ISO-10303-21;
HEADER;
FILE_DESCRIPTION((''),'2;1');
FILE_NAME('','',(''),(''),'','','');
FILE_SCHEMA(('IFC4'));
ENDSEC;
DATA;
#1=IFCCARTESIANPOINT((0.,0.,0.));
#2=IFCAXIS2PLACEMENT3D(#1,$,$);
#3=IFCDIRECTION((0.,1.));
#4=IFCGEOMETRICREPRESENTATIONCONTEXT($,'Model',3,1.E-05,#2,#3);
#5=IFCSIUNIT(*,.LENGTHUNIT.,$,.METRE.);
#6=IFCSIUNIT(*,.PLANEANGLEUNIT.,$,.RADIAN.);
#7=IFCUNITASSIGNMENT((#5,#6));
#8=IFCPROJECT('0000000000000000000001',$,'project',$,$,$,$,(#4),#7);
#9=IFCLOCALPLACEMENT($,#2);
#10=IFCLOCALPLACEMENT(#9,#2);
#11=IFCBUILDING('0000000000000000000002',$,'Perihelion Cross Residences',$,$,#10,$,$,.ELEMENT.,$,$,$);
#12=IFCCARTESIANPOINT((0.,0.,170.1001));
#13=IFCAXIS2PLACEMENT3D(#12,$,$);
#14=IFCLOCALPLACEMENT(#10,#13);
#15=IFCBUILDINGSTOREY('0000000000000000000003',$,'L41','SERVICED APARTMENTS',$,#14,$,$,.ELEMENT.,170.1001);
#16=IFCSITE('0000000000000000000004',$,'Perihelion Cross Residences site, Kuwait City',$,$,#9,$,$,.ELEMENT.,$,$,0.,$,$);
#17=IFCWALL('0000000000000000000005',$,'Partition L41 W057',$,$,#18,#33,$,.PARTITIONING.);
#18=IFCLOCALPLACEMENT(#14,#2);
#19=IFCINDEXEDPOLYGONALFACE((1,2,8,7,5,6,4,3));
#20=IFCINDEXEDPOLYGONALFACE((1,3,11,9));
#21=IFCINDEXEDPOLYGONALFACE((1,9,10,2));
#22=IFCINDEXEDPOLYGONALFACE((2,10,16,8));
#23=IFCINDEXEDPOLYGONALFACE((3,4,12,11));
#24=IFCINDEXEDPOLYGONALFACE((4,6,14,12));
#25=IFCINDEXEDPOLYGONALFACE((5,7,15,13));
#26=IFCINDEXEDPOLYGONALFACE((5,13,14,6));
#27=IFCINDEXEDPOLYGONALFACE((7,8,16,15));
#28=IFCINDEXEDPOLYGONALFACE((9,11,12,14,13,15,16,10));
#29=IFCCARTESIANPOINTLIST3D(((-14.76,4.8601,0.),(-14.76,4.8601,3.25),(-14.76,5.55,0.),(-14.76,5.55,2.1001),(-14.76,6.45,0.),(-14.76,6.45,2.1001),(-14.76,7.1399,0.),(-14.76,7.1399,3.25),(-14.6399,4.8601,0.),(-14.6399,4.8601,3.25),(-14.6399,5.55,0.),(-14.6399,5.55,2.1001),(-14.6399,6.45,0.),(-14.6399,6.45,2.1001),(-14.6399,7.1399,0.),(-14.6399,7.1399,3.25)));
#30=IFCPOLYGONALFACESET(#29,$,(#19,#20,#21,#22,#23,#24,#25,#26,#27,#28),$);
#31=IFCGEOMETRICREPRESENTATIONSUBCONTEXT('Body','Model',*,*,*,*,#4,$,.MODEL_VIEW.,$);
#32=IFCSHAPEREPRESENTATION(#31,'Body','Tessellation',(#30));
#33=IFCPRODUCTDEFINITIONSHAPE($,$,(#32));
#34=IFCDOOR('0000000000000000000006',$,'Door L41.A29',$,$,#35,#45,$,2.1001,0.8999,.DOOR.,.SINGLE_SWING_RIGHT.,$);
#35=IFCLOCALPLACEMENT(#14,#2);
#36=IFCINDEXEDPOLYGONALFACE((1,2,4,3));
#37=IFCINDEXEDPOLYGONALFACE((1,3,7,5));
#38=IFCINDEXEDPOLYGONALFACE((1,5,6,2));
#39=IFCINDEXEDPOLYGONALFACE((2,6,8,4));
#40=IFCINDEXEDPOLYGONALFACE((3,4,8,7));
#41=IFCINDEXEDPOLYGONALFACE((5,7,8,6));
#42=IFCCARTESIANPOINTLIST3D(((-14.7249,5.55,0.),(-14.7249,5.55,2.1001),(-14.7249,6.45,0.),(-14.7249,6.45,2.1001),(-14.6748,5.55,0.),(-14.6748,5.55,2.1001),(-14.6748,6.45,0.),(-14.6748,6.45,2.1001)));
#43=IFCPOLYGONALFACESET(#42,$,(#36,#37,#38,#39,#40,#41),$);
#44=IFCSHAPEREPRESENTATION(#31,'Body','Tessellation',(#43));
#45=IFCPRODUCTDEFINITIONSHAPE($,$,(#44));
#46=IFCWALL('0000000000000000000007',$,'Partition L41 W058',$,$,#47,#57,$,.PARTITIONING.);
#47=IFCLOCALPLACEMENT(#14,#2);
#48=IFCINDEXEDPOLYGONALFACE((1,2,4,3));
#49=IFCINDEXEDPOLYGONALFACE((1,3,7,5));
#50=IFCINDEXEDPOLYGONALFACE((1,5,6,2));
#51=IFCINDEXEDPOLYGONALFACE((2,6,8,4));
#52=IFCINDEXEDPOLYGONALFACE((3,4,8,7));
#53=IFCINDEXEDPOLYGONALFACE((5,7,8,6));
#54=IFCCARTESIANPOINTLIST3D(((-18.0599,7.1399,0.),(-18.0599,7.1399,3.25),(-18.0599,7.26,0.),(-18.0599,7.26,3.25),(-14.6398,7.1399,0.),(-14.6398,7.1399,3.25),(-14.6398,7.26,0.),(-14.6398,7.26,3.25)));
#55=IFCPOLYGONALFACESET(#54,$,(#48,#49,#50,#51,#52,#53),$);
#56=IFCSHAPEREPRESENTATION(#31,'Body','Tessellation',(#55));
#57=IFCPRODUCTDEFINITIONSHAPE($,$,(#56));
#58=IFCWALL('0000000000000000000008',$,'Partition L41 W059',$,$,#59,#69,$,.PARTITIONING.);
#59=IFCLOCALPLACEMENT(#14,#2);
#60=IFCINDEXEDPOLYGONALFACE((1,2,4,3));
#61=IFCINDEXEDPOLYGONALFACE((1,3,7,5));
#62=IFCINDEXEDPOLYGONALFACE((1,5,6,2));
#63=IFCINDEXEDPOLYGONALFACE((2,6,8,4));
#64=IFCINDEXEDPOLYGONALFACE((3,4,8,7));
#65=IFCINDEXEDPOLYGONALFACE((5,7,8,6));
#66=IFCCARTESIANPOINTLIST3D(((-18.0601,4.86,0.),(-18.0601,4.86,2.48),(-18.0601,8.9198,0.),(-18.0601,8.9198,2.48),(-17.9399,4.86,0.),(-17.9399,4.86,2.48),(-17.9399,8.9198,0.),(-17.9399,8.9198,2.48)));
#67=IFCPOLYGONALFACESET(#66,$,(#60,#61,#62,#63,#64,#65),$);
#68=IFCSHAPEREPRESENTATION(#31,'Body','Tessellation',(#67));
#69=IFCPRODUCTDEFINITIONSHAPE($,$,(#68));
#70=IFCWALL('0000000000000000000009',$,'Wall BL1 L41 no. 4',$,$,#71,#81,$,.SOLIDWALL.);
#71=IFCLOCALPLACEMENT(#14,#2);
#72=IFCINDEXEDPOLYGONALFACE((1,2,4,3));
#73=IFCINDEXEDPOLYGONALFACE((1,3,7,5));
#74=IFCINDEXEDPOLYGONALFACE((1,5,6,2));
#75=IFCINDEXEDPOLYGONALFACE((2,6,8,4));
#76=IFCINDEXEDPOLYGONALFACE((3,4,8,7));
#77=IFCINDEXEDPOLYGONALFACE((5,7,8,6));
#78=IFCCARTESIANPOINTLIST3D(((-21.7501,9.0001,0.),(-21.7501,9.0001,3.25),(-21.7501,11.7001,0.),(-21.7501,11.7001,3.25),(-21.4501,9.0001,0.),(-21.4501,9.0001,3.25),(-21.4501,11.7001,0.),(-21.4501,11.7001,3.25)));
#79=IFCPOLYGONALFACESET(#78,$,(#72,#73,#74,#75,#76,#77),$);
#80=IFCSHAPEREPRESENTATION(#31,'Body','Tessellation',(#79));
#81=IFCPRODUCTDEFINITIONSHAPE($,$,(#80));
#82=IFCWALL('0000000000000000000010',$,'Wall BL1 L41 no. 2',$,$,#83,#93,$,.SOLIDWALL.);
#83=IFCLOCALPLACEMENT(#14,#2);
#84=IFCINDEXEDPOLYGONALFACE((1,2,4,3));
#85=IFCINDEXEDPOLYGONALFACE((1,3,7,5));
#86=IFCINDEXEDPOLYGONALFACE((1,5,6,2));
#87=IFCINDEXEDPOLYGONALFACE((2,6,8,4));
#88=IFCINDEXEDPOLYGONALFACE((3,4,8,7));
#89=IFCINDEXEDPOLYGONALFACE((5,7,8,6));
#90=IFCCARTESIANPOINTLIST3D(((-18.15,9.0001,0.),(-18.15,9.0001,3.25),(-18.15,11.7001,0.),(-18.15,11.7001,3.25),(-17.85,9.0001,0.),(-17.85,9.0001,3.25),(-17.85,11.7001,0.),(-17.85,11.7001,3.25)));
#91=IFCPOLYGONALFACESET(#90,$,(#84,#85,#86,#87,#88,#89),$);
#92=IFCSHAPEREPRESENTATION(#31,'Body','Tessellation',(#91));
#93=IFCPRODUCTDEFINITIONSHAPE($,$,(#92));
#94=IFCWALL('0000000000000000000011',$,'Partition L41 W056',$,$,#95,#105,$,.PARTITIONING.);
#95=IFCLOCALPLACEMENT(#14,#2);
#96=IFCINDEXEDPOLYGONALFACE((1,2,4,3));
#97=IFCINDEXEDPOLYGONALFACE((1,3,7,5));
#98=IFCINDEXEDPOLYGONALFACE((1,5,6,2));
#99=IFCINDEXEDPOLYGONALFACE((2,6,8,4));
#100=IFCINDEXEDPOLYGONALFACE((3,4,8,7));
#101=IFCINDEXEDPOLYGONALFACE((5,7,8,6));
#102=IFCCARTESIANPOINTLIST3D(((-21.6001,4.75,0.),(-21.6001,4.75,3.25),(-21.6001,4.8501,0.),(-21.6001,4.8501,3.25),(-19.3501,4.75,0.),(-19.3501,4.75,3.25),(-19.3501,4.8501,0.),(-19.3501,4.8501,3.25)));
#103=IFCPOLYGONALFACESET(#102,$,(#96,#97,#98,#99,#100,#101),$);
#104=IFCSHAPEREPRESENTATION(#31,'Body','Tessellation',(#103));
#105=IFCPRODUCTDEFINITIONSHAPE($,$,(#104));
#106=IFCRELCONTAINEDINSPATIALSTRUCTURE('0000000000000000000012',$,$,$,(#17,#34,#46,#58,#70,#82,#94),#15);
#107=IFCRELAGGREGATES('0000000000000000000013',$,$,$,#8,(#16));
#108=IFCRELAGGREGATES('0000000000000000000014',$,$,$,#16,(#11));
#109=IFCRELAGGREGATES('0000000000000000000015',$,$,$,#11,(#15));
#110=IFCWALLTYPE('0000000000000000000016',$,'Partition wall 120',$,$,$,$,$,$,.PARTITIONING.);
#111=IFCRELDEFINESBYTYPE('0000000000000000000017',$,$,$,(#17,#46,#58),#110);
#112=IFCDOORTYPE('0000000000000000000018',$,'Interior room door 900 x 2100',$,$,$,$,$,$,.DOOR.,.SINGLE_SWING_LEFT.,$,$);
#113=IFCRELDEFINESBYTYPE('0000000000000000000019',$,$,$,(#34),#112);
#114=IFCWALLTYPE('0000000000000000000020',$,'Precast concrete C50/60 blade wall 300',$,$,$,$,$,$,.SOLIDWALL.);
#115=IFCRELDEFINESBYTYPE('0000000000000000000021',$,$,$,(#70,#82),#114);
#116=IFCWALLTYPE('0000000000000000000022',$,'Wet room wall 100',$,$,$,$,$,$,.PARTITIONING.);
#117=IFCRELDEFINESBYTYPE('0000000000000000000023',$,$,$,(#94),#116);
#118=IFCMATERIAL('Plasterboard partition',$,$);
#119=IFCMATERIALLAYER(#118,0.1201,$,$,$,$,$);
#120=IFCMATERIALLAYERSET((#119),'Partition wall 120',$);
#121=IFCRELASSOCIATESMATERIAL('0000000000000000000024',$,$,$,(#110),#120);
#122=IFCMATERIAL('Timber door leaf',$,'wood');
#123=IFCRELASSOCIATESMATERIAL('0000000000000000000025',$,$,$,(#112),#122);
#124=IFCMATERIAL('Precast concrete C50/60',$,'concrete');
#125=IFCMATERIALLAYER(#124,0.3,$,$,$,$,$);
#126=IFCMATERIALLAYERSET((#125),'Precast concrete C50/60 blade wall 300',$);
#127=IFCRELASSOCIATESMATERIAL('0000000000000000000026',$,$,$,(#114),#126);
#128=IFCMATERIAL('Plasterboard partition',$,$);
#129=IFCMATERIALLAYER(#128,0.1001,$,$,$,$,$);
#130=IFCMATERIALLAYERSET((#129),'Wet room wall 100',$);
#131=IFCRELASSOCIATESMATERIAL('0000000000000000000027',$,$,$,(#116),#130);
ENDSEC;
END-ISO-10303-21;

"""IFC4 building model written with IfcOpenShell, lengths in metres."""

from ifc_helpers import new_model, si_unit, direction, frame, frame_2d, origin, place, context, subcontext, project, spatial, rectangle, extrude, material, layer, layer_set, type_object, element, fill, save


model = new_model("IFC4")

# Units and contexts
model_context = context("Model", 3, precision=1e-05, world=origin(), true_north=direction((0.0, 1.0)))
body_context = subcontext(model_context, "Body", "Model", "MODEL_VIEW")
ifc_project = project(units=[si_unit("LENGTHUNIT", "METRE"), si_unit("PLANEANGLEUNIT", "RADIAN")], contexts=[model_context])

# Site, building, storey
site_placement = place(None, origin())
site = spatial("IfcSite", under=ifc_project, at=site_placement, Name="Perihelion Cross Residences site, Kuwait City", CompositionType="ELEMENT", RefElevation=0.0)
building_placement = place(site_placement, origin())
building = spatial("IfcBuilding", under=site, at=building_placement, Name="Perihelion Cross Residences", CompositionType="ELEMENT")
storey_placement = place(building_placement, frame((0.0, 0.0, 170.1001)))
storey = spatial("IfcBuildingStorey", under=building, at=storey_placement, Name="L41", Description="SERVICED APARTMENTS", CompositionType="ELEMENT", Elevation=170.1001)

# Shared definitions
ifc_material_1 = material(Name="Plasterboard partition")
ifc_layer_1 = layer(ifc_material_1, 0.1201)
ifc_layer_set_1 = layer_set([ifc_layer_1], Name="Partition wall 120")
wall_type_1 = type_object("IfcWallType", Name="Partition wall 120", PredefinedType="PARTITIONING", material=ifc_layer_set_1)
ifc_material_2 = material(Name="Timber door leaf", Category="wood")
door_type_1 = type_object("IfcDoorType", Name="Interior room door 900 x 2100", OperationType="SINGLE_SWING_LEFT", PredefinedType="DOOR", material=ifc_material_2)

# Wall, opening, door
wall_1_placement = place(storey_placement, frame((-14.7, 4.8601, 0.0), z_axis=(0.0, 0.0, 1.0), x_axis=(0.0, 1.0, 0.0)))
wall_1 = element("IfcWall", 1, at=wall_1_placement, inside=storey, type_object=wall_type_1, Name="Partition L41 W057", PredefinedType="PARTITIONING", context=body_context, shape_type="SweptSolid", body=[
    extrude(rectangle(XDim=2.2798, YDim=0.1201, at=frame_2d((1.1399, 0.0))), origin(), (0.0, 0.0, 1.0), 3.25),
])
opening_1_placement = place(wall_1_placement, frame((0.6899, 0.0, 0.0)))
opening_1 = element("IfcOpeningElement", 2, at=opening_1_placement, cuts=wall_1, PredefinedType="OPENING", context=body_context, shape_type="SweptSolid", body=[
    extrude(rectangle(XDim=0.8999, YDim=2.1001, at=frame_2d((0.45, 1.05))), frame((0.0, 0.0701, 0.0), z_axis=(0.0, -1.0, 0.0), x_axis=(1.0, 0.0, 0.0)), (0.0, 0.0, 1.0), 0.1401),
])
door_1_placement = place(opening_1_placement, origin())
door_1 = element("IfcDoor", 3, at=door_1_placement, inside=storey, type_object=door_type_1, Name="Door L41.A29", OperationType="SINGLE_SWING_RIGHT", OverallHeight=2.1001, OverallWidth=0.8999, PredefinedType="DOOR", context=body_context, shape_type="SweptSolid", body=[
    extrude(rectangle(XDim=0.8999, YDim=2.1001, at=frame_2d((0.45, 1.05))), frame((0.0, 0.0249, 0.0), z_axis=(0.0, -1.0, 0.0), x_axis=(1.0, 0.0, 0.0)), (0.0, 0.0, 1.0), 0.05),
])
fill(opening_1, door_1)

# Walls
wall_2_placement = place(storey_placement, frame((-14.6399, 7.2, 0.0), z_axis=(0.0, 0.0, 1.0), x_axis=(-1.0, 0.0, 0.0)))
element("IfcWall", 4, at=wall_2_placement, inside=storey, type_object=wall_type_1, Name="Partition L41 W058", PredefinedType="PARTITIONING", context=body_context, shape_type="SweptSolid", body=[
    extrude(rectangle(XDim=3.4202, YDim=0.1201, at=frame_2d((1.71, 0.0))), origin(), (0.0, 0.0, 1.0), 3.25),
])
wall_3_placement = place(storey_placement, frame((-18.0, 4.8601, 0.0), z_axis=(0.0, 0.0, 1.0), x_axis=(0.0, 1.0, 0.0)))
element("IfcWall", 5, at=wall_3_placement, inside=storey, type_object=wall_type_1, Name="Partition L41 W059", PredefinedType="PARTITIONING", context=body_context, shape_type="SweptSolid", body=[
    extrude(rectangle(XDim=4.0598, YDim=0.1201, at=frame_2d((2.0298, 0.0))), origin(), (0.0, 0.0, 1.0), 2.48),
])
ifc_material_3 = material(Name="Precast concrete C50/60", Category="concrete")
ifc_layer_2 = layer(ifc_material_3, 0.3)
ifc_layer_set_2 = layer_set([ifc_layer_2], Name="Precast concrete C50/60 blade wall 300")
wall_type_2 = type_object("IfcWallType", Name="Precast concrete C50/60 blade wall 300", PredefinedType="SOLIDWALL", material=ifc_layer_set_2)
for number, where, z_axis, x_axis, name in (
    (6, (-21.6001, 9.0, 0.0), (0.0, 0.0, 1.0), (0.0, 1.0, 0.0), "Wall BL1 L41 no. 4"),
    (7, (-18.0, 9.0, 0.0), (0.0, 0.0, 1.0), (0.0, 1.0, 0.0), "Wall BL1 L41 no. 2"),
):
    element("IfcWall", number, at=place(storey_placement, frame(where, z_axis=z_axis, x_axis=x_axis)), inside=storey, type_object=wall_type_2, Name=name, PredefinedType="SOLIDWALL", context=body_context, shape_type="SweptSolid", body=[
        extrude(rectangle(XDim=2.7, YDim=0.3, at=frame_2d((1.3501, 0.0))), origin(), (0.0, 0.0, 1.0), 3.25),
    ])
ifc_material_4 = material(Name="Plasterboard partition")
ifc_layer_3 = layer(ifc_material_4, 0.1001)
ifc_layer_set_3 = layer_set([ifc_layer_3], Name="Wet room wall 100")
wall_type_3 = type_object("IfcWallType", Name="Wet room wall 100", PredefinedType="PARTITIONING", material=ifc_layer_set_3)
wall_4_placement = place(storey_placement, frame((-21.6001, 4.8, 0.0), z_axis=(0.0, 0.0, 1.0), x_axis=(1.0, 0.0, 0.0)))
element("IfcWall", 8, at=wall_4_placement, inside=storey, type_object=wall_type_3, Name="Partition L41 W056", PredefinedType="PARTITIONING", context=body_context, shape_type="SweptSolid", body=[
    extrude(rectangle(XDim=2.25, YDim=0.1001, at=frame_2d((1.125, 0.0))), origin(), (0.0, 0.0, 1.0), 3.25),
])

save(model, "model.ifc")
